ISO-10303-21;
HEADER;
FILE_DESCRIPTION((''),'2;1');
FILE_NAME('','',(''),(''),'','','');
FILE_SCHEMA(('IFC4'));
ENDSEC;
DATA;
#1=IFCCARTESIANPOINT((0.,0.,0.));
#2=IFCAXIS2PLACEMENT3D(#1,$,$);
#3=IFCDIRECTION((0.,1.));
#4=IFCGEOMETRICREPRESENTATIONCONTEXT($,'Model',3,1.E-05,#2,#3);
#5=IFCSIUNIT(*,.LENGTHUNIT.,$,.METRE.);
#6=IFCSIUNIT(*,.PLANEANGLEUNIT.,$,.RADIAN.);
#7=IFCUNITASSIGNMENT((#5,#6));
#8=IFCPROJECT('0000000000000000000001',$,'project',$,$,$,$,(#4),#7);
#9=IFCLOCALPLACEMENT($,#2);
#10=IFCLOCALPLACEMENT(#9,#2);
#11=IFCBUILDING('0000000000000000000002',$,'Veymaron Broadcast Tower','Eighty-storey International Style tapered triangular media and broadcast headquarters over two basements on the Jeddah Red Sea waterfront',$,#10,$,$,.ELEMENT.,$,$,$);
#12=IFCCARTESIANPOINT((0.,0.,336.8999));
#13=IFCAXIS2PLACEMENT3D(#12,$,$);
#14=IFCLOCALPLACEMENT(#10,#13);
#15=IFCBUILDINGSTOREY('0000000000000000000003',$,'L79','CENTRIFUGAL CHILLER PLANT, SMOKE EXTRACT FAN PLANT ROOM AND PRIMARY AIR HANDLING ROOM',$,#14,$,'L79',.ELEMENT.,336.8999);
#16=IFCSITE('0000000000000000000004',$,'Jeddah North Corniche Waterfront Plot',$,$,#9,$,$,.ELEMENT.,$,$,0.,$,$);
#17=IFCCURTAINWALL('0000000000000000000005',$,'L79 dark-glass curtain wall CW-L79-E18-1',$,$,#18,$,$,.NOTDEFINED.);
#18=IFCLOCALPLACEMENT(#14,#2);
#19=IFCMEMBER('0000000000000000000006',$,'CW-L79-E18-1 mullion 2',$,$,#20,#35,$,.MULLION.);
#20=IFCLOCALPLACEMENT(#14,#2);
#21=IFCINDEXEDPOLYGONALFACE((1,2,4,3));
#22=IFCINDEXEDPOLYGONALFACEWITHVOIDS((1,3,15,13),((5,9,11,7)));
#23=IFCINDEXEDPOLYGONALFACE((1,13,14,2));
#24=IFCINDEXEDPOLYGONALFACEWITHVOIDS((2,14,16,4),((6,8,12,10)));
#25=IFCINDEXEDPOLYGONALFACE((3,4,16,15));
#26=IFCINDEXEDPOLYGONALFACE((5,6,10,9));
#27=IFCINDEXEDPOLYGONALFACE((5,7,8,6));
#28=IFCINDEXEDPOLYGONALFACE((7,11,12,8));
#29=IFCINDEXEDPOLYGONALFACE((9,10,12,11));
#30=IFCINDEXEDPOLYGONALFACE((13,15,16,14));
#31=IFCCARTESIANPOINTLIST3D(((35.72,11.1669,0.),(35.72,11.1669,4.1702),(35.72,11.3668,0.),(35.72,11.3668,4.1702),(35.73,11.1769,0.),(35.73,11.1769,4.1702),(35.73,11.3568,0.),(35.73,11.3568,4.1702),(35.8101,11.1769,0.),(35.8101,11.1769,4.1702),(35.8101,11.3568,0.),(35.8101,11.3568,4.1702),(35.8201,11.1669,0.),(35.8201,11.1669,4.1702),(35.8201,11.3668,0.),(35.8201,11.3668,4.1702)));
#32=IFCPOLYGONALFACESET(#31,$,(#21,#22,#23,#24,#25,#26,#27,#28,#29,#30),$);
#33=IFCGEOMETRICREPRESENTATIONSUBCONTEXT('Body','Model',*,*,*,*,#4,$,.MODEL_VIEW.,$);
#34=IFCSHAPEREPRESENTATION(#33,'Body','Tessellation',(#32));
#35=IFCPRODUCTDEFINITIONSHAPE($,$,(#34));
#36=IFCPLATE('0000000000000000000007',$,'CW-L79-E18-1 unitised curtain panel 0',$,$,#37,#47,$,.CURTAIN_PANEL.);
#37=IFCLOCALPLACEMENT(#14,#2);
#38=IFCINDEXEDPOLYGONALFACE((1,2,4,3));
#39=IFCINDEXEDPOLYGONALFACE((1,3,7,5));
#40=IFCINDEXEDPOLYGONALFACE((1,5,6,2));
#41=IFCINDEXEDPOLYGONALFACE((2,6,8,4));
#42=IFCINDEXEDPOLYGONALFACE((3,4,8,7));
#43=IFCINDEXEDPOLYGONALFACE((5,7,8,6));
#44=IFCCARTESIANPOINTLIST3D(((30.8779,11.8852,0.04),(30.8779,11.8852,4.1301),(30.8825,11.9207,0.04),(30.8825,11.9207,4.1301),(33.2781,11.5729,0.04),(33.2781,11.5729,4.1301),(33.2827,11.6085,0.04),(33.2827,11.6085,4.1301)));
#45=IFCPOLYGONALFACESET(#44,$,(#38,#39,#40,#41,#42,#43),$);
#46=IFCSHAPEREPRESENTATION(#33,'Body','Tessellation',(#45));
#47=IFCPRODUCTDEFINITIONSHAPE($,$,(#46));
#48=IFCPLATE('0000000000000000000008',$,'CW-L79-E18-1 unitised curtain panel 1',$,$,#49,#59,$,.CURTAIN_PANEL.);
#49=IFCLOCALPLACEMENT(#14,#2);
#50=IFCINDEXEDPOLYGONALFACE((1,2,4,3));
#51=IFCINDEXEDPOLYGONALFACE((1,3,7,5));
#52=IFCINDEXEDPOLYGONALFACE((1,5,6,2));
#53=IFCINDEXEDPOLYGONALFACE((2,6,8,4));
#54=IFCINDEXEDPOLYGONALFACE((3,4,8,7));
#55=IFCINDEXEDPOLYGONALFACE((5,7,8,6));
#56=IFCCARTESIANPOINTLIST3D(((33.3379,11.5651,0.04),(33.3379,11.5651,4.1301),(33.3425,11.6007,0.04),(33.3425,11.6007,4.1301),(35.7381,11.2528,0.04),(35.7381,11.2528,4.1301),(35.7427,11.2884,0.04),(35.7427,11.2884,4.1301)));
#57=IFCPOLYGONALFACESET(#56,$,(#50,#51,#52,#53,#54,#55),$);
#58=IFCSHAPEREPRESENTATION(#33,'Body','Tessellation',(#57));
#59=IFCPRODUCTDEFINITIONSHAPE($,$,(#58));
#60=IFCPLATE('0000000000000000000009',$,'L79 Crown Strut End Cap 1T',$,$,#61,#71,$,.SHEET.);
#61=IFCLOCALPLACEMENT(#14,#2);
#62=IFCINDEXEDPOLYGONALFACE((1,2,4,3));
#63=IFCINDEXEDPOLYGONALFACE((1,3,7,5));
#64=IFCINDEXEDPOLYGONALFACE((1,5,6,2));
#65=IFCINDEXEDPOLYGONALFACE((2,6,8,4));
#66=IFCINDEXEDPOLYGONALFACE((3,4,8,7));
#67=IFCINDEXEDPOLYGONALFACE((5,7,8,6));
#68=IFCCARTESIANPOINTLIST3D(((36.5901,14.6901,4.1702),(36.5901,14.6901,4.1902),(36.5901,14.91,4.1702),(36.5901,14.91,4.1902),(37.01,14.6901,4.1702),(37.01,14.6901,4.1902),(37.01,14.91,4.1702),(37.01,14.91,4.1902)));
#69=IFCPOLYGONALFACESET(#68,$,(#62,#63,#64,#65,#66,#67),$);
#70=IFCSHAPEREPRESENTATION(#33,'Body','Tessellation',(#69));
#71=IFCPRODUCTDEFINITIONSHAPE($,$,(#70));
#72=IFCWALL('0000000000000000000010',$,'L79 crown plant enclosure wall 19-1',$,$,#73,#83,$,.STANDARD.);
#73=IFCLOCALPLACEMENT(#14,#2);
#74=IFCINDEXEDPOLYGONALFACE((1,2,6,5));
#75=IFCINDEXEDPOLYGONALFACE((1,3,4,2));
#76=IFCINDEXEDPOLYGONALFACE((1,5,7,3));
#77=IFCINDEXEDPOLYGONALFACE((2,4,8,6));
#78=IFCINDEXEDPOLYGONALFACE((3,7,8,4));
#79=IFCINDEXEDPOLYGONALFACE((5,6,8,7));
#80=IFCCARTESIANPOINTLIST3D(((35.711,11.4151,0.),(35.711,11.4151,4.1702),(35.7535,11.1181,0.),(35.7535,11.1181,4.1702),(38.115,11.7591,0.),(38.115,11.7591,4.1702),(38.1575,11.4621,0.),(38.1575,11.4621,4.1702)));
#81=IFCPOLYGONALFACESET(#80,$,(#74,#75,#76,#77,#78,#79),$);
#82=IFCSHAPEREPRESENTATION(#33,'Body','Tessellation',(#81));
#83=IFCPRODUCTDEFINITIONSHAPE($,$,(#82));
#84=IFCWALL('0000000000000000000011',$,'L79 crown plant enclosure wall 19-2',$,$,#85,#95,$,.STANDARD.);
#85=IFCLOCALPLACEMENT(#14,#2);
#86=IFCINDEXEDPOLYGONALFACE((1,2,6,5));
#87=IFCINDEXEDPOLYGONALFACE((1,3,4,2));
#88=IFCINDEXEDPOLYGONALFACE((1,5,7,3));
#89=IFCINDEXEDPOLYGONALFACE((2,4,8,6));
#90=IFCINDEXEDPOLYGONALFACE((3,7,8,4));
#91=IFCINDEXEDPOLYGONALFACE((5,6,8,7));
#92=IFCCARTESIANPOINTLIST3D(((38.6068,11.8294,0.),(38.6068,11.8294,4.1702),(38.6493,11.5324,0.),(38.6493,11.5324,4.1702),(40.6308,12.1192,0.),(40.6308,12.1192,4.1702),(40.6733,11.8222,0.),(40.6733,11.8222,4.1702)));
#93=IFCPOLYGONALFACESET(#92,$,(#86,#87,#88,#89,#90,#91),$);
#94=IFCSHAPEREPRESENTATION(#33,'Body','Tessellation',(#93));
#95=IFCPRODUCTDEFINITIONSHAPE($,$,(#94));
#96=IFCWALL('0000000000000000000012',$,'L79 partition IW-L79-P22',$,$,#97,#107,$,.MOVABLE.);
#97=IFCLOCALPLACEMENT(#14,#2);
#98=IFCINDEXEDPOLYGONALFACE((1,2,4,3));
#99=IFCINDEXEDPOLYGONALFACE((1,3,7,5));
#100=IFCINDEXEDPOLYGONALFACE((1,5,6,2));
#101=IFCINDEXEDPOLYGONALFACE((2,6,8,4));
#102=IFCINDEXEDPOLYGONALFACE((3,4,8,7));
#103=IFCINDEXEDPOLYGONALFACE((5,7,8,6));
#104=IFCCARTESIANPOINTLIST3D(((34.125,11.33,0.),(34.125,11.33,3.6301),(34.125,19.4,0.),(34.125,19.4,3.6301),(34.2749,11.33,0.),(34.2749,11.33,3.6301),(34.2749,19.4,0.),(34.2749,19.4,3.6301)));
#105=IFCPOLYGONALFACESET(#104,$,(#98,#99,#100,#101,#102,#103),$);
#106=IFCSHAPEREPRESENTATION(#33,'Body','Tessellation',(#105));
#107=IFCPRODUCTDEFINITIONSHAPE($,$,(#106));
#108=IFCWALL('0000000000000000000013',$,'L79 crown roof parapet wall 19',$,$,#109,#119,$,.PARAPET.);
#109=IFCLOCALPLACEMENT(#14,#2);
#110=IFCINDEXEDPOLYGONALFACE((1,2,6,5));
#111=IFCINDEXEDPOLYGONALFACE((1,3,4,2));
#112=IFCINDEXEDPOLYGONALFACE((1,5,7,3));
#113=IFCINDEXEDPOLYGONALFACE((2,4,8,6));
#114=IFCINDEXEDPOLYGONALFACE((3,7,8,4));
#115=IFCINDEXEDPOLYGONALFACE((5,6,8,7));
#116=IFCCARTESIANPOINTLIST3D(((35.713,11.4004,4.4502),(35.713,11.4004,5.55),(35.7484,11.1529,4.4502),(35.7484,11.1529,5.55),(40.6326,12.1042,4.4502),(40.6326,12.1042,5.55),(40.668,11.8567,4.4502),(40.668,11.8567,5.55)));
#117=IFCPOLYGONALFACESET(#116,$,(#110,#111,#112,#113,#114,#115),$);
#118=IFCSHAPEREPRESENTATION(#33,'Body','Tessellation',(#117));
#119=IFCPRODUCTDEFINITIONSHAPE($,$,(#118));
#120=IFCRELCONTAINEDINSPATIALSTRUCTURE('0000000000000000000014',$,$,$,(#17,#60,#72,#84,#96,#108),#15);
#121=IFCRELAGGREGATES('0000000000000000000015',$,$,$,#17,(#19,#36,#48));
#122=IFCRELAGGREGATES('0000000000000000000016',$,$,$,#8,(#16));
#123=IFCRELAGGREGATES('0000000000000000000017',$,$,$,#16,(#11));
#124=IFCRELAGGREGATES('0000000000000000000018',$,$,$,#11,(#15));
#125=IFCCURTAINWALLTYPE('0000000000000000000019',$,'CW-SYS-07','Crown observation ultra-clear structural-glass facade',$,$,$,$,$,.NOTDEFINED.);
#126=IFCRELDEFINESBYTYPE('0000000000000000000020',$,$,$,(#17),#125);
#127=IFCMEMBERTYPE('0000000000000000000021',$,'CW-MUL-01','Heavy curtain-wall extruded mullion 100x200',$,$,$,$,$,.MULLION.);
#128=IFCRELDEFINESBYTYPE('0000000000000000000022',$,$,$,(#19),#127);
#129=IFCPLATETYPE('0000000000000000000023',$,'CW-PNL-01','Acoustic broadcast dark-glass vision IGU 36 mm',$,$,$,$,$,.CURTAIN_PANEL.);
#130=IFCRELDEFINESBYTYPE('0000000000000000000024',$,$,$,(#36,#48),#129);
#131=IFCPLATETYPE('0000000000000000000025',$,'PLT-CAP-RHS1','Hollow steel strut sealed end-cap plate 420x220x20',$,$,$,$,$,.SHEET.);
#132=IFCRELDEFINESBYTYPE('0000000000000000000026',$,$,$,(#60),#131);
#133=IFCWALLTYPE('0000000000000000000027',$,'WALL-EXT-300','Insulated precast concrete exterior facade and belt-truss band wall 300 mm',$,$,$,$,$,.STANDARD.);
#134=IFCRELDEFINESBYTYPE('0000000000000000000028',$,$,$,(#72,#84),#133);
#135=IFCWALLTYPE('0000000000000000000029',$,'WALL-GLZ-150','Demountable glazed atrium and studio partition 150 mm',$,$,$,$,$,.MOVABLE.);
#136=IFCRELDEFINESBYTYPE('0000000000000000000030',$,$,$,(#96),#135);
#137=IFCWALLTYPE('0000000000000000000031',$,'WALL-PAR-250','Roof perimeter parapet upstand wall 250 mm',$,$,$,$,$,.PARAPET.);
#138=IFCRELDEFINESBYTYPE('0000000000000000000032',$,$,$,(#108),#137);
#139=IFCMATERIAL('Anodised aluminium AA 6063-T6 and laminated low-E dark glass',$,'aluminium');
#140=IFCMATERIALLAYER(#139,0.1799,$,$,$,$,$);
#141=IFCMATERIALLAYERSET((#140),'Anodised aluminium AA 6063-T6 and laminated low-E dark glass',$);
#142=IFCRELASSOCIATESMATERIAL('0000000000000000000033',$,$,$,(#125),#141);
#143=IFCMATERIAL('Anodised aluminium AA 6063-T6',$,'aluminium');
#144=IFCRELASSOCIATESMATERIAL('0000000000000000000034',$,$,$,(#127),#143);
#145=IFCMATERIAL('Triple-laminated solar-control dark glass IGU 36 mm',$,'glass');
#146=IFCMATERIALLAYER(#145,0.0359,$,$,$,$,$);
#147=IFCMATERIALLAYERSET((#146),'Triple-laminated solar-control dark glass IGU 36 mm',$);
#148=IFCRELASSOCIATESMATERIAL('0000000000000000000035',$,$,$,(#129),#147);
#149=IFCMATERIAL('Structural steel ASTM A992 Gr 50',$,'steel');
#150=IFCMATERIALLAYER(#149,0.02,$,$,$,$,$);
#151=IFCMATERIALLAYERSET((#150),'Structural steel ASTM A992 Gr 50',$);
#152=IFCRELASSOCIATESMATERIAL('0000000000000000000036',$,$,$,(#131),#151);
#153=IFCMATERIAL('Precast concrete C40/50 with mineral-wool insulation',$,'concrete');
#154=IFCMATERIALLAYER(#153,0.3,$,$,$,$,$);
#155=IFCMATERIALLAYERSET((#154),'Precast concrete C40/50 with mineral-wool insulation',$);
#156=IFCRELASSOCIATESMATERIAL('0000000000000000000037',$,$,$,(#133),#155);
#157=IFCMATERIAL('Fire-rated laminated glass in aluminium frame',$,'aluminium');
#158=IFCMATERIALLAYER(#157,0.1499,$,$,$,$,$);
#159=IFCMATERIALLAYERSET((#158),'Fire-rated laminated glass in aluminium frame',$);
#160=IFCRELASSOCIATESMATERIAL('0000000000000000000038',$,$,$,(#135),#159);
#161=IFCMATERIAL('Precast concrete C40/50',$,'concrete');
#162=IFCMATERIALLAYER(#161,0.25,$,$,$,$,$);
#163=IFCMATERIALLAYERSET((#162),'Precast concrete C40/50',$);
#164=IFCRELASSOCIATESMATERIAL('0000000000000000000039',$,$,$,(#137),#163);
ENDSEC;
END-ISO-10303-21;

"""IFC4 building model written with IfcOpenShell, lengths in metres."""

from ifc_helpers import new_model, si_unit, direction, frame, frame_2d, origin, origin_2d, place, context, subcontext, project, spatial, rectangle, hollow_rectangle, extrude, material, layer, layer_set, material_profile, profile_set, type_object, element, aggregate, save


model = new_model("IFC4")

# Units and contexts
model_context = context("Model", 3, precision=1e-05, world=origin(), true_north=direction((0.0, 1.0)))
body_context = subcontext(model_context, "Body", "Model", "MODEL_VIEW")
ifc_project = project(units=[si_unit("LENGTHUNIT", "METRE"), si_unit("PLANEANGLEUNIT", "RADIAN")], contexts=[model_context])

# Site, building, storey
site_placement = place(None, origin())
site = spatial("IfcSite", under=ifc_project, at=site_placement, Name="Jeddah North Corniche Waterfront Plot", CompositionType="ELEMENT", RefElevation=0.0)
building_placement = place(site_placement, origin())
building = spatial("IfcBuilding", under=site, at=building_placement, Name="Veymaron Broadcast Tower", Description="Eighty-storey International Style tapered triangular media and broadcast headquarters over two basements on the Jeddah Red Sea waterfront", CompositionType="ELEMENT")
storey_placement = place(building_placement, frame((0.0, 0.0, 336.8999)))
storey = spatial("IfcBuildingStorey", under=building, at=storey_placement, Name="L79", Description="CENTRIFUGAL CHILLER PLANT, SMOKE EXTRACT FAN PLANT ROOM AND PRIMARY AIR HANDLING ROOM", LongName="L79", CompositionType="ELEMENT", Elevation=336.8999)

# Shared definitions
ifc_material_1 = material(Name="Structural steel ASTM A992 Gr 50", Category="steel")

# Curtain wall, member, plates
ifc_material_2 = material(Name="Anodised aluminium AA 6063-T6 and laminated low-E dark glass", Category="aluminium")
ifc_layer_1 = layer(ifc_material_2, 0.1799)
ifc_layer_set_1 = layer_set([ifc_layer_1], Name="Anodised aluminium AA 6063-T6 and laminated low-E dark glass")
curtain_wall_type = type_object("IfcCurtainWallType", Name="CW-SYS-07", Description="Crown observation ultra-clear structural-glass facade", PredefinedType="NOTDEFINED", material=ifc_layer_set_1)
curtain_wall_placement = place(storey_placement, origin())
curtain_wall = element("IfcCurtainWall", 1, at=curtain_wall_placement, inside=storey, type_object=curtain_wall_type, Name="L79 dark-glass curtain wall CW-L79-E18-1", PredefinedType="NOTDEFINED")
ifc_material_3 = material(Name="Anodised aluminium AA 6063-T6", Category="aluminium")
ifc_material_profile_1 = material_profile(ifc_material_3, hollow_rectangle(XDim=0.1001, YDim=0.2, WallThickness=0.01, at=origin_2d()), Name="RHS200X100X10")
ifc_profile_set_1 = profile_set([ifc_material_profile_1], Name="Anodised aluminium AA 6063-T6")
member_type = type_object("IfcMemberType", Name="CW-MUL-01", Description="Heavy curtain-wall extruded mullion 100x200", PredefinedType="MULLION", material=ifc_profile_set_1)
member_1_placement = place(storey_placement, frame((35.77, 11.2668, 0.0), z_axis=(0.0, 0.0, 1.0), x_axis=(1.0, 0.0, 0.0)))
member_1 = element("IfcMember", 2, at=member_1_placement, type_object=member_type, Name="CW-L79-E18-1 mullion 2", PredefinedType="MULLION", context=body_context, shape_type="SweptSolid", body=[
    extrude(hollow_rectangle(XDim=0.1001, YDim=0.2, WallThickness=0.01, at=origin_2d()), origin(), (0.0, 0.0, 1.0), 4.1702),
])
ifc_material_4 = material(Name="Triple-laminated solar-control dark glass IGU 36 mm", Category="glass")
ifc_layer_2 = layer(ifc_material_4, 0.0359)
ifc_layer_set_2 = layer_set([ifc_layer_2], Name="Triple-laminated solar-control dark glass IGU 36 mm")
plate_type_1 = type_object("IfcPlateType", Name="CW-PNL-01", Description="Acoustic broadcast dark-glass vision IGU 36 mm", PredefinedType="CURTAIN_PANEL", material=ifc_layer_set_2)
plate_1_placement = place(storey_placement, frame((32.0803, 11.7468, 0.04), z_axis=(0.0, 0.0, 1.0), x_axis=(0.991644, -0.129003, 0.0)))
plate_1 = element("IfcPlate", 3, at=plate_1_placement, type_object=plate_type_1, Name="CW-L79-E18-1 unitised curtain panel 0", PredefinedType="CURTAIN_PANEL", context=body_context, shape_type="SweptSolid", body=[
    extrude(rectangle(XDim=2.4204, YDim=0.0359, at=origin_2d()), origin(), (0.0, 0.0, 1.0), 4.0901),
])
plate_2_placement = place(storey_placement, frame((34.5403, 11.4268, 0.04), z_axis=(0.0, 0.0, 1.0), x_axis=(0.991644, -0.129003, 0.0)))
plate_2 = element("IfcPlate", 4, at=plate_2_placement, type_object=plate_type_1, Name="CW-L79-E18-1 unitised curtain panel 1", PredefinedType="CURTAIN_PANEL", context=body_context, shape_type="SweptSolid", body=[
    extrude(rectangle(XDim=2.4204, YDim=0.0359, at=origin_2d()), origin(), (0.0, 0.0, 1.0), 4.0901),
])
aggregate(curtain_wall, [member_1, plate_1, plate_2])

# Plate
ifc_layer_3 = layer(ifc_material_1, 0.02)
ifc_layer_set_3 = layer_set([ifc_layer_3], Name="Structural steel ASTM A992 Gr 50")
plate_type_2 = type_object("IfcPlateType", Name="PLT-CAP-RHS1", Description="Hollow steel strut sealed end-cap plate 420x220x20", PredefinedType="SHEET", material=ifc_layer_set_3)
plate_3_placement = place(storey_placement, frame((36.8, 14.8, 4.1702), z_axis=(0.0, 0.0, 1.0), x_axis=(1.0, 0.0, 0.0)))
element("IfcPlate", 5, at=plate_3_placement, inside=storey, type_object=plate_type_2, Name="L79 Crown Strut End Cap 1T", PredefinedType="SHEET", context=body_context, shape_type="SweptSolid", body=[
    extrude(rectangle(XDim=0.4199, YDim=0.22, at=origin_2d()), origin(), (0.0, 0.0, 1.0), 0.02),
])

# Walls
ifc_material_5 = material(Name="Precast concrete C40/50 with mineral-wool insulation", Category="concrete")
ifc_layer_4 = layer(ifc_material_5, 0.3)
ifc_layer_set_4 = layer_set([ifc_layer_4], Name="Precast concrete C40/50 with mineral-wool insulation")
wall_type_1 = type_object("IfcWallType", Name="WALL-EXT-300", Description="Insulated precast concrete exterior facade and belt-truss band wall 300 mm", PredefinedType="STANDARD", material=ifc_layer_set_4)
wall_1_placement = place(storey_placement, frame((35.7322, 11.2666, 0.0), z_axis=(0.0, 0.0, 1.0), x_axis=(0.989917, 0.141647, 0.0)))
element("IfcWall", 6, at=wall_1_placement, inside=storey, type_object=wall_type_1, Name="L79 crown plant enclosure wall 19-1", PredefinedType="STANDARD", context=body_context, shape_type="SweptSolid", body=[
    extrude(rectangle(XDim=2.4285, YDim=0.3, at=frame_2d((1.2144, 0.0))), origin(), (0.0, 0.0, 1.0), 4.1702),
])
wall_2_placement = place(storey_placement, frame((38.6279, 11.6809, 0.0), z_axis=(0.0, 0.0, 1.0), x_axis=(0.989904, 0.141739, 0.0)))
element("IfcWall", 7, at=wall_2_placement, inside=storey, type_object=wall_type_1, Name="L79 crown plant enclosure wall 19-2", PredefinedType="STANDARD", context=body_context, shape_type="SweptSolid", body=[
    extrude(rectangle(XDim=2.0447, YDim=0.3, at=frame_2d((1.0225, 0.0))), origin(), (0.0, 0.0, 1.0), 4.1702),
])
ifc_material_6 = material(Name="Fire-rated laminated glass in aluminium frame", Category="aluminium")
ifc_layer_5 = layer(ifc_material_6, 0.1499)
ifc_layer_set_5 = layer_set([ifc_layer_5], Name="Fire-rated laminated glass in aluminium frame")
wall_type_2 = type_object("IfcWallType", Name="WALL-GLZ-150", Description="Demountable glazed atrium and studio partition 150 mm", PredefinedType="MOVABLE", material=ifc_layer_set_5)
wall_3_placement = place(storey_placement, frame((34.2, 11.3298, 0.0), z_axis=(0.0, 0.0, 1.0), x_axis=(0.0, 1.0, 0.0)))
element("IfcWall", 8, at=wall_3_placement, inside=storey, type_object=wall_type_2, Name="L79 partition IW-L79-P22", PredefinedType="MOVABLE", context=body_context, shape_type="SweptSolid", body=[
    extrude(rectangle(XDim=8.0701, YDim=0.1499, at=frame_2d((4.0352, 0.0))), origin(), (0.0, 0.0, 1.0), 3.6301),
])
ifc_material_7 = material(Name="Precast concrete C40/50", Category="concrete")
ifc_layer_6 = layer(ifc_material_7, 0.25)
ifc_layer_set_6 = layer_set([ifc_layer_6], Name="Precast concrete C40/50")
wall_type_3 = type_object("IfcWallType", Name="WALL-PAR-250", Description="Roof perimeter parapet upstand wall 250 mm", PredefinedType="PARAPET", material=ifc_layer_set_6)
wall_4_placement = place(storey_placement, frame((35.7307, 11.2766, 4.4502), z_axis=(0.0, 0.0, 1.0), x_axis=(0.98992, 0.141628, 0.0)))
element("IfcWall", 9, at=wall_4_placement, inside=storey, type_object=wall_type_3, Name="L79 crown roof parapet wall 19", PredefinedType="PARAPET", context=body_context, shape_type="SweptSolid", body=[
    extrude(rectangle(XDim=4.9697, YDim=0.25, at=frame_2d((2.4849, 0.0))), origin(), (0.0, 0.0, 1.0), 1.0999),
])

save(model, "model.ifc")
